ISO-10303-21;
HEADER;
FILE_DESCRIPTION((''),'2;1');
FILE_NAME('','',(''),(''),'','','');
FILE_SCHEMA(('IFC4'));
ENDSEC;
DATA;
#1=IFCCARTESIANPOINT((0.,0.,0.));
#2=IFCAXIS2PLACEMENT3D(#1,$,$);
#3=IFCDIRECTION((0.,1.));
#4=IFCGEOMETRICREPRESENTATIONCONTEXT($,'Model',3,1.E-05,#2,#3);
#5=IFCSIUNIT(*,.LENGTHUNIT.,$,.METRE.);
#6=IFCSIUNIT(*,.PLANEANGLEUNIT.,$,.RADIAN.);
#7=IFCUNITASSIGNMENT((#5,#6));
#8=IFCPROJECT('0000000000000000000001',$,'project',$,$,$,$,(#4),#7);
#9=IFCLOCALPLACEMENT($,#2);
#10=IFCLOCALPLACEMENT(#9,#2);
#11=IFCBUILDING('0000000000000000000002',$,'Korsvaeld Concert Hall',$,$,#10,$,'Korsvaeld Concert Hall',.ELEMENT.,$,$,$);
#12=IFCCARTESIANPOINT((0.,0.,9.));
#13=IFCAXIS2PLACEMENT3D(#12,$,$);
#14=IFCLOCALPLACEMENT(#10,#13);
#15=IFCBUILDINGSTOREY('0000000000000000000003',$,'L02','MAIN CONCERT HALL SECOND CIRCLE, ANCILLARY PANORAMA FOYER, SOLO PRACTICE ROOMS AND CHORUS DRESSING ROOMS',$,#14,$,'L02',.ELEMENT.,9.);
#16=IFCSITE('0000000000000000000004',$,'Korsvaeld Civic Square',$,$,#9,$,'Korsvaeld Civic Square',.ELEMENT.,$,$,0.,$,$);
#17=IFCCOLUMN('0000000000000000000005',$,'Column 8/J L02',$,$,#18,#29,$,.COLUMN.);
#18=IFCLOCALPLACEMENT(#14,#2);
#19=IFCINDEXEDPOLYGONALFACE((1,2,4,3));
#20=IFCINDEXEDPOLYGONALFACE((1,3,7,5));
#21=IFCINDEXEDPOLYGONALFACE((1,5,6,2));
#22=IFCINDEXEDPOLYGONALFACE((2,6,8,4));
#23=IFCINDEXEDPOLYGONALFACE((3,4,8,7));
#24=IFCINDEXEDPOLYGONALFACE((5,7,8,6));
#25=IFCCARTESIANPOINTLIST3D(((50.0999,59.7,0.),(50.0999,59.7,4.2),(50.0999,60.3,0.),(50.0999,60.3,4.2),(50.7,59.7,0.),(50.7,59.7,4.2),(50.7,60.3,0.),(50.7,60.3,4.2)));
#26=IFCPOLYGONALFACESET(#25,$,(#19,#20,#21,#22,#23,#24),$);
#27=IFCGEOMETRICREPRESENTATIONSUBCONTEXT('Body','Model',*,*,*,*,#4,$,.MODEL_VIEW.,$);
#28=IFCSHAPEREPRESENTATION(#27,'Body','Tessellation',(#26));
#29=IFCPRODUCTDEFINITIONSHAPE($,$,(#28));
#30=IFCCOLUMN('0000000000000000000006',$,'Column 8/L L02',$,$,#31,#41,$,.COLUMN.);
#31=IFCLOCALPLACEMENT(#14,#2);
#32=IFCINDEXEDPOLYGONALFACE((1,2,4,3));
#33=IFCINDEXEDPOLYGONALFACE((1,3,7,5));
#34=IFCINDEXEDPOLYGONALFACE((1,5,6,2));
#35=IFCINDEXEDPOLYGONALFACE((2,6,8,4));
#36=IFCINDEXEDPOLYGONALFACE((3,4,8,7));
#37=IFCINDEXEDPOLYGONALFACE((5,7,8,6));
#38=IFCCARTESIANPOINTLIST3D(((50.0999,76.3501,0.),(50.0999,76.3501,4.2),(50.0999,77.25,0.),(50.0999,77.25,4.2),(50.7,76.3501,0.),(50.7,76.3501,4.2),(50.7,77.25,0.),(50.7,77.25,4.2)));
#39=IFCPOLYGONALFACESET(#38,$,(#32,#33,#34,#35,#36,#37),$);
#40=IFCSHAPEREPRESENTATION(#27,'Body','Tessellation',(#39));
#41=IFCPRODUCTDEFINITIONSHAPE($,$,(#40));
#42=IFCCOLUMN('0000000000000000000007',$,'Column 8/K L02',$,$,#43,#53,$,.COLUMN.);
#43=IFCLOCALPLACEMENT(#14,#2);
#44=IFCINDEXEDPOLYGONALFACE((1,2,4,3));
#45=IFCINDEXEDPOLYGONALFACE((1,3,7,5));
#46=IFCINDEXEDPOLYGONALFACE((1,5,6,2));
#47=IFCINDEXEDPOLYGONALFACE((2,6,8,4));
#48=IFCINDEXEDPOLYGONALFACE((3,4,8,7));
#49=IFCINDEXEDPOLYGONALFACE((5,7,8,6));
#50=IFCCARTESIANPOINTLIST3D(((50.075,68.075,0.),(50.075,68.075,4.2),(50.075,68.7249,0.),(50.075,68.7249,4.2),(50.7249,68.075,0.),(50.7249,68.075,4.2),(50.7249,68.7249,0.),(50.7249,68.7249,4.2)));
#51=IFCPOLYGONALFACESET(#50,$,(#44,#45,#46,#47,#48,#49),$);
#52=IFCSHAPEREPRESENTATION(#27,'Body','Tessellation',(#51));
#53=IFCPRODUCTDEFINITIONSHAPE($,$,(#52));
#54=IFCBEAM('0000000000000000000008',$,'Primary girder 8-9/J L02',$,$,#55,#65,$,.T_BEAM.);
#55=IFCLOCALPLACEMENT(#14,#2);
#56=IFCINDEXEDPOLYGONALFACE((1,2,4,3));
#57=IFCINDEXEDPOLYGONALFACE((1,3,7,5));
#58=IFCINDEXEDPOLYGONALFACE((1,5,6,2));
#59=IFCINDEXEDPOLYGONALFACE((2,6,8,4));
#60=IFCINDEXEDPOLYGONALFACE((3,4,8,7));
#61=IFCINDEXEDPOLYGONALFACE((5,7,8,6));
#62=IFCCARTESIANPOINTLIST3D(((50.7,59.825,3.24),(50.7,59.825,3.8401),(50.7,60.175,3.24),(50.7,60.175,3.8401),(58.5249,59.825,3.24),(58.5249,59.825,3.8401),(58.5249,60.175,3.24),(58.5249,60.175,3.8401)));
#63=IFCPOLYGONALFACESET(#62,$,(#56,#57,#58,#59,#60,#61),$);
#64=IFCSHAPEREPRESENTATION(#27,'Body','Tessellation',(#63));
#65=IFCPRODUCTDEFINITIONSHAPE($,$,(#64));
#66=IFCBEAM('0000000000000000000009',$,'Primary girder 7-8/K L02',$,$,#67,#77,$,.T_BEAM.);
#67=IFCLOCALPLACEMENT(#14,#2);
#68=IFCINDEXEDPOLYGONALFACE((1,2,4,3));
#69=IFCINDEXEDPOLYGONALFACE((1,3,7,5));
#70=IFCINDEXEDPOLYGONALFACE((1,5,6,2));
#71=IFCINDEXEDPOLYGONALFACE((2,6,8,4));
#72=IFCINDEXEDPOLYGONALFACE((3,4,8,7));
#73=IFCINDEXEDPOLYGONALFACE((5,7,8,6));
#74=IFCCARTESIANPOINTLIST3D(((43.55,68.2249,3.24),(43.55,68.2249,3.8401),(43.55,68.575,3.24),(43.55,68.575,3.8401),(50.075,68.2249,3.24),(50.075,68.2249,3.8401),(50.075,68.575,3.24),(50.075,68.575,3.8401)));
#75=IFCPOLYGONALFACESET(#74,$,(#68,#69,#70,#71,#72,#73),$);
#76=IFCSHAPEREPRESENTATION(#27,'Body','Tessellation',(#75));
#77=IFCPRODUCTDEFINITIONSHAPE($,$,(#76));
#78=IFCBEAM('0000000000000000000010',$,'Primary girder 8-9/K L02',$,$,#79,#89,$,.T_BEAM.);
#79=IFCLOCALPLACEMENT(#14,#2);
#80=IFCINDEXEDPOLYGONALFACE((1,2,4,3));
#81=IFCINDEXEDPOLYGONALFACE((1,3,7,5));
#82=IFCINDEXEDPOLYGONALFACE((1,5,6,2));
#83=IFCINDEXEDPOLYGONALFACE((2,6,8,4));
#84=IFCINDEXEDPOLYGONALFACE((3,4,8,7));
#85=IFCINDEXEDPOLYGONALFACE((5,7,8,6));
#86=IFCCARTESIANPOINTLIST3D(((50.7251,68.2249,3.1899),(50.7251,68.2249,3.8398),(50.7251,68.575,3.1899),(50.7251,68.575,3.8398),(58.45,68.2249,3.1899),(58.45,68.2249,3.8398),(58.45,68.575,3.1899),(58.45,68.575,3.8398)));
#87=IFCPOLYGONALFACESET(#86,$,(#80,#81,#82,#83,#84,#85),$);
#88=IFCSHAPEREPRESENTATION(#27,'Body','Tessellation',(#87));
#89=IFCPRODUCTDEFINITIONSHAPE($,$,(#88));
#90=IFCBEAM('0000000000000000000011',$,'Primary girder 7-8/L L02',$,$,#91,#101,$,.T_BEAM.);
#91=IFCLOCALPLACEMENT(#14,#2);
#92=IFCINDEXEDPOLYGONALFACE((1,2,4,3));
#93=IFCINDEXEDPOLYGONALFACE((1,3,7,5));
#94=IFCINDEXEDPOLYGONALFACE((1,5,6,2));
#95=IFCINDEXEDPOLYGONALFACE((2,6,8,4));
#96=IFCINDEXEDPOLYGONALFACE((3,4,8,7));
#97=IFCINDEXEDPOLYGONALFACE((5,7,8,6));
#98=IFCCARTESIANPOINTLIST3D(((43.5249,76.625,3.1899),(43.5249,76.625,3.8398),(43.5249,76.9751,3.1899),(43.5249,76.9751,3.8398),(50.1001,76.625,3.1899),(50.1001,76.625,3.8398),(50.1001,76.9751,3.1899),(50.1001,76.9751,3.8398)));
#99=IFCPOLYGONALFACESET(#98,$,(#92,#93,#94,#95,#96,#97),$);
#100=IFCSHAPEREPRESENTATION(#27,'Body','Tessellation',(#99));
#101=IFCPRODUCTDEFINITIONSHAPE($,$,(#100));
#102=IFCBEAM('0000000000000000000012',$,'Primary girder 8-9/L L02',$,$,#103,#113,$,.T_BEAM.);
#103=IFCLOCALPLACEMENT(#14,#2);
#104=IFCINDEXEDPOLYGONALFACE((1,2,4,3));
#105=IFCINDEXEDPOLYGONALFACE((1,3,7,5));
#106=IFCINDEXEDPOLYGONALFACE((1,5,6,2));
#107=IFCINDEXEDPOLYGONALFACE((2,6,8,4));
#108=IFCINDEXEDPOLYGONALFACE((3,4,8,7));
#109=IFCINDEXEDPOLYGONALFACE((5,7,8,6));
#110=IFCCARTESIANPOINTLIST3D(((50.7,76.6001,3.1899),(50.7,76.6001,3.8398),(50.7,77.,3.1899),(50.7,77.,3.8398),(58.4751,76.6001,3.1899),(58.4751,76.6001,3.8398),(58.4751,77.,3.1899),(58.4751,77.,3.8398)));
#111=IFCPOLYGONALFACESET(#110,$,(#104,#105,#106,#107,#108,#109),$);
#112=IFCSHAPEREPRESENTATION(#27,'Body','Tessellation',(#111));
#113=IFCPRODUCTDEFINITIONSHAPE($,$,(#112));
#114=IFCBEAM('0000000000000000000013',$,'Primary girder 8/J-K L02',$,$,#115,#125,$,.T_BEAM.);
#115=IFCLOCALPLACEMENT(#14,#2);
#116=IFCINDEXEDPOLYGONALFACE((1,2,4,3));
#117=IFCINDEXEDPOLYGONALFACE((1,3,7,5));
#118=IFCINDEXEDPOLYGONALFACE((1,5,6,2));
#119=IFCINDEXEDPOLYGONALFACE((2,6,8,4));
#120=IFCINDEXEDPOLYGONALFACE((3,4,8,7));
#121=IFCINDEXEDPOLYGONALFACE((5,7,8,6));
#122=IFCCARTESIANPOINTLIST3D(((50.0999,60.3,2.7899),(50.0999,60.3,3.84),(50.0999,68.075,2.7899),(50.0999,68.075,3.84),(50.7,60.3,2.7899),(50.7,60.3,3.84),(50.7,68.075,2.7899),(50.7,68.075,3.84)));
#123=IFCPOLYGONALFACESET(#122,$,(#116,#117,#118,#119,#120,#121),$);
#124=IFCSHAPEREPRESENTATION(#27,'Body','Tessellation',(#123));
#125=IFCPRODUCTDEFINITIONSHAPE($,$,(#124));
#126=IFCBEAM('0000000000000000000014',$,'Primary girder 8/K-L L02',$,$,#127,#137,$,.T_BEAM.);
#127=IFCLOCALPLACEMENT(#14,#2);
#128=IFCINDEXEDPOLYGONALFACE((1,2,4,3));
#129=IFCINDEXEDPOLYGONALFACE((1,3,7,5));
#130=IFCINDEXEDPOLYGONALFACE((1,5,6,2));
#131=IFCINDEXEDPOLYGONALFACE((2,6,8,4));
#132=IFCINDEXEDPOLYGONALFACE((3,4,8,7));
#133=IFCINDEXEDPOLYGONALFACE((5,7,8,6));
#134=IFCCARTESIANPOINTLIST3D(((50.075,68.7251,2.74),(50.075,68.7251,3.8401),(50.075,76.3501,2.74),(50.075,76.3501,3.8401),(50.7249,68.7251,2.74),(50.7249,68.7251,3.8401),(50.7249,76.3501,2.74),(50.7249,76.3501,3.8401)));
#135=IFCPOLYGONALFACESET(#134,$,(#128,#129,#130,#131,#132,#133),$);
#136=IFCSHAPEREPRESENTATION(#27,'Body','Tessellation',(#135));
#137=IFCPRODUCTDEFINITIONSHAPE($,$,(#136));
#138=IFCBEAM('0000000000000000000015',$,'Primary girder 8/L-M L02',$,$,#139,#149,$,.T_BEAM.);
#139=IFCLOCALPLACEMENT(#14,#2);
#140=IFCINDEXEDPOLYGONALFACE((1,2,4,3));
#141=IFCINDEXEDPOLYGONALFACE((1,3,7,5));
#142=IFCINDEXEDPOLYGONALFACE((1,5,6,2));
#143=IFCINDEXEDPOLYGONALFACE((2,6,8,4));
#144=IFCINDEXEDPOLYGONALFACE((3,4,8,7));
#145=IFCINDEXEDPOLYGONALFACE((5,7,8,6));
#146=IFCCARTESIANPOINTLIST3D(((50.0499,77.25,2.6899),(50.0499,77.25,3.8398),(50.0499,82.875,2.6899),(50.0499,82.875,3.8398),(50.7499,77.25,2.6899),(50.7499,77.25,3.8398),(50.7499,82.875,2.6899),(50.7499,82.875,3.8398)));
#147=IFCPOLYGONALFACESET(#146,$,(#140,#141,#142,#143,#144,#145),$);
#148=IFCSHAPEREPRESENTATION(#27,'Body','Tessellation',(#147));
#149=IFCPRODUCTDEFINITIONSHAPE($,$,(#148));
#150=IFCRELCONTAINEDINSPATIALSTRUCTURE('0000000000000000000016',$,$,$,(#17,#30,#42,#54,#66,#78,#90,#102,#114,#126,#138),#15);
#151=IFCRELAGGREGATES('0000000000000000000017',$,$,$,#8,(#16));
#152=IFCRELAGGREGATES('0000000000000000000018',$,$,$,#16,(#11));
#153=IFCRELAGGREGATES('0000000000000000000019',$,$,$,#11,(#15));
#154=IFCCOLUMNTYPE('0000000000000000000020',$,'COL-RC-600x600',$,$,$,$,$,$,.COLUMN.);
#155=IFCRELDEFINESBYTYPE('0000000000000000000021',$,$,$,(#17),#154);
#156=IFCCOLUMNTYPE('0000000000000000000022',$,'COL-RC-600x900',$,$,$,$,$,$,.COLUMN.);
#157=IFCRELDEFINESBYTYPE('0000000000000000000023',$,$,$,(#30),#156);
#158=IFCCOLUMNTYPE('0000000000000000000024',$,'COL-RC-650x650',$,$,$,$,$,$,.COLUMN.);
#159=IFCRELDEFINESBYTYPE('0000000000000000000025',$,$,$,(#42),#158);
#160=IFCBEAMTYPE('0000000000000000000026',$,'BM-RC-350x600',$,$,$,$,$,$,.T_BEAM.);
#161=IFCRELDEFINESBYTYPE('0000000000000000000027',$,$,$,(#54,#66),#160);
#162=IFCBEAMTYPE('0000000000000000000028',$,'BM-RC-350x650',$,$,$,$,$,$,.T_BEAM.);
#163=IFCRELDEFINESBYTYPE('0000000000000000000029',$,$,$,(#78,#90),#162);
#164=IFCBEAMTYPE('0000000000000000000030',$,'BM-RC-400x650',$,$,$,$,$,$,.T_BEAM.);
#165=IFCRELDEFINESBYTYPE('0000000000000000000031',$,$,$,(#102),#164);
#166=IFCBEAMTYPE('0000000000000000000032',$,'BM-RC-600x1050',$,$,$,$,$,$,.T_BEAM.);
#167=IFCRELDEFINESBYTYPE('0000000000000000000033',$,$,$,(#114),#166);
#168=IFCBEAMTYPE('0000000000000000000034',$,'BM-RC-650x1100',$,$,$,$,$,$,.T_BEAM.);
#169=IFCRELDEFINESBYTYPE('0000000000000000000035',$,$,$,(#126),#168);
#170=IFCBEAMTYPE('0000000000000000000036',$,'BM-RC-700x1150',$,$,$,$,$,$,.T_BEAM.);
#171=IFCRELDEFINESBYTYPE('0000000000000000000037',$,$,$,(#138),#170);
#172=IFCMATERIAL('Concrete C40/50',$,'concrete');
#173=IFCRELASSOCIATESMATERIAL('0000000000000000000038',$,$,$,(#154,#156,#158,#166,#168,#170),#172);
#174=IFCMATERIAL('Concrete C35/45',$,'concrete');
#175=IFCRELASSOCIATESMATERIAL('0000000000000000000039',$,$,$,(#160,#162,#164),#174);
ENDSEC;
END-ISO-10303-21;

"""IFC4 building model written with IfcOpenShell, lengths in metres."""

from ifc_helpers import new_model, si_unit, direction, frame, origin, origin_2d, place, context, subcontext, project, spatial, rectangle, extrude, material, material_profile, profile_set, type_object, element, save


model = new_model("IFC4")

# Units and contexts
model_context = context("Model", 3, precision=1e-05, world=origin(), true_north=direction((0.0, 1.0)))
body_context = subcontext(model_context, "Body", "Model", "MODEL_VIEW")
ifc_project = project(units=[si_unit("LENGTHUNIT", "METRE"), si_unit("PLANEANGLEUNIT", "RADIAN")], contexts=[model_context])

# Site, building, storey
site_placement = place(None, origin())
site = spatial("IfcSite", under=ifc_project, at=site_placement, Name="Korsvaeld Civic Square", LongName="Korsvaeld Civic Square", CompositionType="ELEMENT", RefElevation=0.0)
building_placement = place(site_placement, origin())
building = spatial("IfcBuilding", under=site, at=building_placement, Name="Korsvaeld Concert Hall", LongName="Korsvaeld Concert Hall", CompositionType="ELEMENT")
storey_placement = place(building_placement, frame((0.0, 0.0, 9.0)))
storey = spatial("IfcBuildingStorey", under=building, at=storey_placement, Name="L02", Description="MAIN CONCERT HALL SECOND CIRCLE, ANCILLARY PANORAMA FOYER, SOLO PRACTICE ROOMS AND CHORUS DRESSING ROOMS", LongName="L02", CompositionType="ELEMENT", Elevation=9.0)

# Columns
ifc_material_1 = material(Name="Concrete C40/50", Category="concrete")
ifc_material_profile_1 = material_profile(ifc_material_1, rectangle(XDim=0.6001, YDim=0.6001, at=origin_2d()), Name="RC 600x600")
ifc_profile_set_1 = profile_set([ifc_material_profile_1], Name="Concrete C40/50")
column_type_1 = type_object("IfcColumnType", Name="COL-RC-600x600", PredefinedType="COLUMN", material=ifc_profile_set_1)
column_1_placement = place(storey_placement, frame((50.3999, 60.0, 0.0), z_axis=(0.0, 0.0, 1.0), x_axis=(1.0, 0.0, 0.0)))
element("IfcColumn", 1, at=column_1_placement, inside=storey, type_object=column_type_1, Name="Column 8/J L02", PredefinedType="COLUMN", context=body_context, shape_type="SweptSolid", body=[
    extrude(rectangle(XDim=0.6001, YDim=0.6001, at=origin_2d()), origin(), (0.0, 0.0, 1.0), 4.2),
])
ifc_material_profile_2 = material_profile(ifc_material_1, rectangle(XDim=0.6001, YDim=0.8999, at=origin_2d()), Name="RC 600x900")
ifc_profile_set_2 = profile_set([ifc_material_profile_2], Name="Concrete C40/50")
column_type_2 = type_object("IfcColumnType", Name="COL-RC-600x900", PredefinedType="COLUMN", material=ifc_profile_set_2)
column_2_placement = place(storey_placement, frame((50.3999, 76.8, 0.0), z_axis=(0.0, 0.0, 1.0), x_axis=(1.0, 0.0, 0.0)))
element("IfcColumn", 2, at=column_2_placement, inside=storey, type_object=column_type_2, Name="Column 8/L L02", PredefinedType="COLUMN", context=body_context, shape_type="SweptSolid", body=[
    extrude(rectangle(XDim=0.6001, YDim=0.8999, at=origin_2d()), origin(), (0.0, 0.0, 1.0), 4.2),
])
ifc_material_profile_3 = material_profile(ifc_material_1, rectangle(XDim=0.6499, YDim=0.6499, at=origin_2d()), Name="RC 650x650")
ifc_profile_set_3 = profile_set([ifc_material_profile_3], Name="Concrete C40/50")
column_type_3 = type_object("IfcColumnType", Name="COL-RC-650x650", PredefinedType="COLUMN", material=ifc_profile_set_3)
column_3_placement = place(storey_placement, frame((50.3999, 68.3999, 0.0), z_axis=(0.0, 0.0, 1.0), x_axis=(1.0, 0.0, 0.0)))
element("IfcColumn", 3, at=column_3_placement, inside=storey, type_object=column_type_3, Name="Column 8/K L02", PredefinedType="COLUMN", context=body_context, shape_type="SweptSolid", body=[
    extrude(rectangle(XDim=0.6499, YDim=0.6499, at=origin_2d()), origin(), (0.0, 0.0, 1.0), 4.2),
])

# Beams
ifc_material_2 = material(Name="Concrete C35/45", Category="concrete")
ifc_material_profile_4 = material_profile(ifc_material_2, rectangle(XDim=0.3501, YDim=0.6001, at=origin_2d()), Name="RC 350x600")
ifc_profile_set_4 = profile_set([ifc_material_profile_4], Name="Concrete C35/45")
beam_type_1 = type_object("IfcBeamType", Name="BM-RC-350x600", PredefinedType="T_BEAM", material=ifc_profile_set_4)
beam_1_placement = place(storey_placement, frame((50.7, 60.0, 3.54), z_axis=(1.0, 0.0, 0.0), x_axis=(0.0, 1.0, 0.0)))
element("IfcBeam", 4, at=beam_1_placement, inside=storey, type_object=beam_type_1, Name="Primary girder 8-9/J L02", PredefinedType="T_BEAM", context=body_context, shape_type="SweptSolid", body=[
    extrude(rectangle(XDim=0.3501, YDim=0.6001, at=origin_2d()), origin(), (0.0, 0.0, 1.0), 7.825),
])
beam_2_placement = place(storey_placement, frame((43.55, 68.3999, 3.54), z_axis=(1.0, 0.0, 0.0), x_axis=(0.0, 1.0, 0.0)))
element("IfcBeam", 5, at=beam_2_placement, inside=storey, type_object=beam_type_1, Name="Primary girder 7-8/K L02", PredefinedType="T_BEAM", context=body_context, shape_type="SweptSolid", body=[
    extrude(rectangle(XDim=0.3501, YDim=0.6001, at=origin_2d()), origin(), (0.0, 0.0, 1.0), 6.5249),
])
ifc_material_profile_5 = material_profile(ifc_material_2, rectangle(XDim=0.3501, YDim=0.6499, at=origin_2d()), Name="RC 350x650")
ifc_profile_set_5 = profile_set([ifc_material_profile_5], Name="Concrete C35/45")
beam_type_2 = type_object("IfcBeamType", Name="BM-RC-350x650", PredefinedType="T_BEAM", material=ifc_profile_set_5)
beam_3_placement = place(storey_placement, frame((50.7251, 68.3999, 3.5149), z_axis=(1.0, 0.0, 0.0), x_axis=(0.0, 1.0, 0.0)))
element("IfcBeam", 6, at=beam_3_placement, inside=storey, type_object=beam_type_2, Name="Primary girder 8-9/K L02", PredefinedType="T_BEAM", context=body_context, shape_type="SweptSolid", body=[
    extrude(rectangle(XDim=0.3501, YDim=0.6499, at=origin_2d()), origin(), (0.0, 0.0, 1.0), 7.7249),
])
beam_4_placement = place(storey_placement, frame((43.5249, 76.8, 3.5149), z_axis=(1.0, 0.0, 0.0), x_axis=(0.0, 1.0, 0.0)))
element("IfcBeam", 7, at=beam_4_placement, inside=storey, type_object=beam_type_2, Name="Primary girder 7-8/L L02", PredefinedType="T_BEAM", context=body_context, shape_type="SweptSolid", body=[
    extrude(rectangle(XDim=0.3501, YDim=0.6499, at=origin_2d()), origin(), (0.0, 0.0, 1.0), 6.5752),
])
ifc_material_profile_6 = material_profile(ifc_material_2, rectangle(XDim=0.3999, YDim=0.6499, at=origin_2d()), Name="RC 400x650")
ifc_profile_set_6 = profile_set([ifc_material_profile_6], Name="Concrete C35/45")
beam_type_3 = type_object("IfcBeamType", Name="BM-RC-400x650", PredefinedType="T_BEAM", material=ifc_profile_set_6)
beam_5_placement = place(storey_placement, frame((50.7, 76.8, 3.5149), z_axis=(1.0, 0.0, 0.0), x_axis=(0.0, 1.0, 0.0)))
element("IfcBeam", 8, at=beam_5_placement, inside=storey, type_object=beam_type_3, Name="Primary girder 8-9/L L02", PredefinedType="T_BEAM", context=body_context, shape_type="SweptSolid", body=[
    extrude(rectangle(XDim=0.3999, YDim=0.6499, at=origin_2d()), origin(), (0.0, 0.0, 1.0), 7.7751),
])
ifc_material_profile_7 = material_profile(ifc_material_1, rectangle(XDim=0.6001, YDim=1.05, at=origin_2d()), Name="RC 600x1050")
ifc_profile_set_7 = profile_set([ifc_material_profile_7], Name="Concrete C40/50")
beam_type_4 = type_object("IfcBeamType", Name="BM-RC-600x1050", PredefinedType="T_BEAM", material=ifc_profile_set_7)
beam_6_placement = place(storey_placement, frame((50.3999, 60.3, 3.3149), z_axis=(0.0, 1.0, 0.0), x_axis=(-1.0, 0.0, 0.0)))
element("IfcBeam", 9, at=beam_6_placement, inside=storey, type_object=beam_type_4, Name="Primary girder 8/J-K L02", PredefinedType="T_BEAM", context=body_context, shape_type="SweptSolid", body=[
    extrude(rectangle(XDim=0.6001, YDim=1.05, at=origin_2d()), origin(), (0.0, 0.0, 1.0), 7.7749),
])
ifc_material_profile_8 = material_profile(ifc_material_1, rectangle(XDim=0.6499, YDim=1.1001, at=origin_2d()), Name="RC 650x1100")
ifc_profile_set_8 = profile_set([ifc_material_profile_8], Name="Concrete C40/50")
beam_type_5 = type_object("IfcBeamType", Name="BM-RC-650x1100", PredefinedType="T_BEAM", material=ifc_profile_set_8)
beam_7_placement = place(storey_placement, frame((50.3999, 68.7251, 3.29), z_axis=(0.0, 1.0, 0.0), x_axis=(-1.0, 0.0, 0.0)))
element("IfcBeam", 10, at=beam_7_placement, inside=storey, type_object=beam_type_5, Name="Primary girder 8/K-L L02", PredefinedType="T_BEAM", context=body_context, shape_type="SweptSolid", body=[
    extrude(rectangle(XDim=0.6499, YDim=1.1001, at=origin_2d()), origin(), (0.0, 0.0, 1.0), 7.625),
])
ifc_material_profile_9 = material_profile(ifc_material_1, rectangle(XDim=0.7, YDim=1.1499, at=origin_2d()), Name="RC 700x1150")
ifc_profile_set_9 = profile_set([ifc_material_profile_9], Name="Concrete C40/50")
beam_type_6 = type_object("IfcBeamType", Name="BM-RC-700x1150", PredefinedType="T_BEAM", material=ifc_profile_set_9)
beam_8_placement = place(storey_placement, frame((50.3999, 77.25, 3.2649), z_axis=(0.0, 1.0, 0.0), x_axis=(-1.0, 0.0, 0.0)))
element("IfcBeam", 11, at=beam_8_placement, inside=storey, type_object=beam_type_6, Name="Primary girder 8/L-M L02", PredefinedType="T_BEAM", context=body_context, shape_type="SweptSolid", body=[
    extrude(rectangle(XDim=0.7, YDim=1.1499, at=origin_2d()), origin(), (0.0, 0.0, 1.0), 5.625),
])

save(model, "model.ifc")
